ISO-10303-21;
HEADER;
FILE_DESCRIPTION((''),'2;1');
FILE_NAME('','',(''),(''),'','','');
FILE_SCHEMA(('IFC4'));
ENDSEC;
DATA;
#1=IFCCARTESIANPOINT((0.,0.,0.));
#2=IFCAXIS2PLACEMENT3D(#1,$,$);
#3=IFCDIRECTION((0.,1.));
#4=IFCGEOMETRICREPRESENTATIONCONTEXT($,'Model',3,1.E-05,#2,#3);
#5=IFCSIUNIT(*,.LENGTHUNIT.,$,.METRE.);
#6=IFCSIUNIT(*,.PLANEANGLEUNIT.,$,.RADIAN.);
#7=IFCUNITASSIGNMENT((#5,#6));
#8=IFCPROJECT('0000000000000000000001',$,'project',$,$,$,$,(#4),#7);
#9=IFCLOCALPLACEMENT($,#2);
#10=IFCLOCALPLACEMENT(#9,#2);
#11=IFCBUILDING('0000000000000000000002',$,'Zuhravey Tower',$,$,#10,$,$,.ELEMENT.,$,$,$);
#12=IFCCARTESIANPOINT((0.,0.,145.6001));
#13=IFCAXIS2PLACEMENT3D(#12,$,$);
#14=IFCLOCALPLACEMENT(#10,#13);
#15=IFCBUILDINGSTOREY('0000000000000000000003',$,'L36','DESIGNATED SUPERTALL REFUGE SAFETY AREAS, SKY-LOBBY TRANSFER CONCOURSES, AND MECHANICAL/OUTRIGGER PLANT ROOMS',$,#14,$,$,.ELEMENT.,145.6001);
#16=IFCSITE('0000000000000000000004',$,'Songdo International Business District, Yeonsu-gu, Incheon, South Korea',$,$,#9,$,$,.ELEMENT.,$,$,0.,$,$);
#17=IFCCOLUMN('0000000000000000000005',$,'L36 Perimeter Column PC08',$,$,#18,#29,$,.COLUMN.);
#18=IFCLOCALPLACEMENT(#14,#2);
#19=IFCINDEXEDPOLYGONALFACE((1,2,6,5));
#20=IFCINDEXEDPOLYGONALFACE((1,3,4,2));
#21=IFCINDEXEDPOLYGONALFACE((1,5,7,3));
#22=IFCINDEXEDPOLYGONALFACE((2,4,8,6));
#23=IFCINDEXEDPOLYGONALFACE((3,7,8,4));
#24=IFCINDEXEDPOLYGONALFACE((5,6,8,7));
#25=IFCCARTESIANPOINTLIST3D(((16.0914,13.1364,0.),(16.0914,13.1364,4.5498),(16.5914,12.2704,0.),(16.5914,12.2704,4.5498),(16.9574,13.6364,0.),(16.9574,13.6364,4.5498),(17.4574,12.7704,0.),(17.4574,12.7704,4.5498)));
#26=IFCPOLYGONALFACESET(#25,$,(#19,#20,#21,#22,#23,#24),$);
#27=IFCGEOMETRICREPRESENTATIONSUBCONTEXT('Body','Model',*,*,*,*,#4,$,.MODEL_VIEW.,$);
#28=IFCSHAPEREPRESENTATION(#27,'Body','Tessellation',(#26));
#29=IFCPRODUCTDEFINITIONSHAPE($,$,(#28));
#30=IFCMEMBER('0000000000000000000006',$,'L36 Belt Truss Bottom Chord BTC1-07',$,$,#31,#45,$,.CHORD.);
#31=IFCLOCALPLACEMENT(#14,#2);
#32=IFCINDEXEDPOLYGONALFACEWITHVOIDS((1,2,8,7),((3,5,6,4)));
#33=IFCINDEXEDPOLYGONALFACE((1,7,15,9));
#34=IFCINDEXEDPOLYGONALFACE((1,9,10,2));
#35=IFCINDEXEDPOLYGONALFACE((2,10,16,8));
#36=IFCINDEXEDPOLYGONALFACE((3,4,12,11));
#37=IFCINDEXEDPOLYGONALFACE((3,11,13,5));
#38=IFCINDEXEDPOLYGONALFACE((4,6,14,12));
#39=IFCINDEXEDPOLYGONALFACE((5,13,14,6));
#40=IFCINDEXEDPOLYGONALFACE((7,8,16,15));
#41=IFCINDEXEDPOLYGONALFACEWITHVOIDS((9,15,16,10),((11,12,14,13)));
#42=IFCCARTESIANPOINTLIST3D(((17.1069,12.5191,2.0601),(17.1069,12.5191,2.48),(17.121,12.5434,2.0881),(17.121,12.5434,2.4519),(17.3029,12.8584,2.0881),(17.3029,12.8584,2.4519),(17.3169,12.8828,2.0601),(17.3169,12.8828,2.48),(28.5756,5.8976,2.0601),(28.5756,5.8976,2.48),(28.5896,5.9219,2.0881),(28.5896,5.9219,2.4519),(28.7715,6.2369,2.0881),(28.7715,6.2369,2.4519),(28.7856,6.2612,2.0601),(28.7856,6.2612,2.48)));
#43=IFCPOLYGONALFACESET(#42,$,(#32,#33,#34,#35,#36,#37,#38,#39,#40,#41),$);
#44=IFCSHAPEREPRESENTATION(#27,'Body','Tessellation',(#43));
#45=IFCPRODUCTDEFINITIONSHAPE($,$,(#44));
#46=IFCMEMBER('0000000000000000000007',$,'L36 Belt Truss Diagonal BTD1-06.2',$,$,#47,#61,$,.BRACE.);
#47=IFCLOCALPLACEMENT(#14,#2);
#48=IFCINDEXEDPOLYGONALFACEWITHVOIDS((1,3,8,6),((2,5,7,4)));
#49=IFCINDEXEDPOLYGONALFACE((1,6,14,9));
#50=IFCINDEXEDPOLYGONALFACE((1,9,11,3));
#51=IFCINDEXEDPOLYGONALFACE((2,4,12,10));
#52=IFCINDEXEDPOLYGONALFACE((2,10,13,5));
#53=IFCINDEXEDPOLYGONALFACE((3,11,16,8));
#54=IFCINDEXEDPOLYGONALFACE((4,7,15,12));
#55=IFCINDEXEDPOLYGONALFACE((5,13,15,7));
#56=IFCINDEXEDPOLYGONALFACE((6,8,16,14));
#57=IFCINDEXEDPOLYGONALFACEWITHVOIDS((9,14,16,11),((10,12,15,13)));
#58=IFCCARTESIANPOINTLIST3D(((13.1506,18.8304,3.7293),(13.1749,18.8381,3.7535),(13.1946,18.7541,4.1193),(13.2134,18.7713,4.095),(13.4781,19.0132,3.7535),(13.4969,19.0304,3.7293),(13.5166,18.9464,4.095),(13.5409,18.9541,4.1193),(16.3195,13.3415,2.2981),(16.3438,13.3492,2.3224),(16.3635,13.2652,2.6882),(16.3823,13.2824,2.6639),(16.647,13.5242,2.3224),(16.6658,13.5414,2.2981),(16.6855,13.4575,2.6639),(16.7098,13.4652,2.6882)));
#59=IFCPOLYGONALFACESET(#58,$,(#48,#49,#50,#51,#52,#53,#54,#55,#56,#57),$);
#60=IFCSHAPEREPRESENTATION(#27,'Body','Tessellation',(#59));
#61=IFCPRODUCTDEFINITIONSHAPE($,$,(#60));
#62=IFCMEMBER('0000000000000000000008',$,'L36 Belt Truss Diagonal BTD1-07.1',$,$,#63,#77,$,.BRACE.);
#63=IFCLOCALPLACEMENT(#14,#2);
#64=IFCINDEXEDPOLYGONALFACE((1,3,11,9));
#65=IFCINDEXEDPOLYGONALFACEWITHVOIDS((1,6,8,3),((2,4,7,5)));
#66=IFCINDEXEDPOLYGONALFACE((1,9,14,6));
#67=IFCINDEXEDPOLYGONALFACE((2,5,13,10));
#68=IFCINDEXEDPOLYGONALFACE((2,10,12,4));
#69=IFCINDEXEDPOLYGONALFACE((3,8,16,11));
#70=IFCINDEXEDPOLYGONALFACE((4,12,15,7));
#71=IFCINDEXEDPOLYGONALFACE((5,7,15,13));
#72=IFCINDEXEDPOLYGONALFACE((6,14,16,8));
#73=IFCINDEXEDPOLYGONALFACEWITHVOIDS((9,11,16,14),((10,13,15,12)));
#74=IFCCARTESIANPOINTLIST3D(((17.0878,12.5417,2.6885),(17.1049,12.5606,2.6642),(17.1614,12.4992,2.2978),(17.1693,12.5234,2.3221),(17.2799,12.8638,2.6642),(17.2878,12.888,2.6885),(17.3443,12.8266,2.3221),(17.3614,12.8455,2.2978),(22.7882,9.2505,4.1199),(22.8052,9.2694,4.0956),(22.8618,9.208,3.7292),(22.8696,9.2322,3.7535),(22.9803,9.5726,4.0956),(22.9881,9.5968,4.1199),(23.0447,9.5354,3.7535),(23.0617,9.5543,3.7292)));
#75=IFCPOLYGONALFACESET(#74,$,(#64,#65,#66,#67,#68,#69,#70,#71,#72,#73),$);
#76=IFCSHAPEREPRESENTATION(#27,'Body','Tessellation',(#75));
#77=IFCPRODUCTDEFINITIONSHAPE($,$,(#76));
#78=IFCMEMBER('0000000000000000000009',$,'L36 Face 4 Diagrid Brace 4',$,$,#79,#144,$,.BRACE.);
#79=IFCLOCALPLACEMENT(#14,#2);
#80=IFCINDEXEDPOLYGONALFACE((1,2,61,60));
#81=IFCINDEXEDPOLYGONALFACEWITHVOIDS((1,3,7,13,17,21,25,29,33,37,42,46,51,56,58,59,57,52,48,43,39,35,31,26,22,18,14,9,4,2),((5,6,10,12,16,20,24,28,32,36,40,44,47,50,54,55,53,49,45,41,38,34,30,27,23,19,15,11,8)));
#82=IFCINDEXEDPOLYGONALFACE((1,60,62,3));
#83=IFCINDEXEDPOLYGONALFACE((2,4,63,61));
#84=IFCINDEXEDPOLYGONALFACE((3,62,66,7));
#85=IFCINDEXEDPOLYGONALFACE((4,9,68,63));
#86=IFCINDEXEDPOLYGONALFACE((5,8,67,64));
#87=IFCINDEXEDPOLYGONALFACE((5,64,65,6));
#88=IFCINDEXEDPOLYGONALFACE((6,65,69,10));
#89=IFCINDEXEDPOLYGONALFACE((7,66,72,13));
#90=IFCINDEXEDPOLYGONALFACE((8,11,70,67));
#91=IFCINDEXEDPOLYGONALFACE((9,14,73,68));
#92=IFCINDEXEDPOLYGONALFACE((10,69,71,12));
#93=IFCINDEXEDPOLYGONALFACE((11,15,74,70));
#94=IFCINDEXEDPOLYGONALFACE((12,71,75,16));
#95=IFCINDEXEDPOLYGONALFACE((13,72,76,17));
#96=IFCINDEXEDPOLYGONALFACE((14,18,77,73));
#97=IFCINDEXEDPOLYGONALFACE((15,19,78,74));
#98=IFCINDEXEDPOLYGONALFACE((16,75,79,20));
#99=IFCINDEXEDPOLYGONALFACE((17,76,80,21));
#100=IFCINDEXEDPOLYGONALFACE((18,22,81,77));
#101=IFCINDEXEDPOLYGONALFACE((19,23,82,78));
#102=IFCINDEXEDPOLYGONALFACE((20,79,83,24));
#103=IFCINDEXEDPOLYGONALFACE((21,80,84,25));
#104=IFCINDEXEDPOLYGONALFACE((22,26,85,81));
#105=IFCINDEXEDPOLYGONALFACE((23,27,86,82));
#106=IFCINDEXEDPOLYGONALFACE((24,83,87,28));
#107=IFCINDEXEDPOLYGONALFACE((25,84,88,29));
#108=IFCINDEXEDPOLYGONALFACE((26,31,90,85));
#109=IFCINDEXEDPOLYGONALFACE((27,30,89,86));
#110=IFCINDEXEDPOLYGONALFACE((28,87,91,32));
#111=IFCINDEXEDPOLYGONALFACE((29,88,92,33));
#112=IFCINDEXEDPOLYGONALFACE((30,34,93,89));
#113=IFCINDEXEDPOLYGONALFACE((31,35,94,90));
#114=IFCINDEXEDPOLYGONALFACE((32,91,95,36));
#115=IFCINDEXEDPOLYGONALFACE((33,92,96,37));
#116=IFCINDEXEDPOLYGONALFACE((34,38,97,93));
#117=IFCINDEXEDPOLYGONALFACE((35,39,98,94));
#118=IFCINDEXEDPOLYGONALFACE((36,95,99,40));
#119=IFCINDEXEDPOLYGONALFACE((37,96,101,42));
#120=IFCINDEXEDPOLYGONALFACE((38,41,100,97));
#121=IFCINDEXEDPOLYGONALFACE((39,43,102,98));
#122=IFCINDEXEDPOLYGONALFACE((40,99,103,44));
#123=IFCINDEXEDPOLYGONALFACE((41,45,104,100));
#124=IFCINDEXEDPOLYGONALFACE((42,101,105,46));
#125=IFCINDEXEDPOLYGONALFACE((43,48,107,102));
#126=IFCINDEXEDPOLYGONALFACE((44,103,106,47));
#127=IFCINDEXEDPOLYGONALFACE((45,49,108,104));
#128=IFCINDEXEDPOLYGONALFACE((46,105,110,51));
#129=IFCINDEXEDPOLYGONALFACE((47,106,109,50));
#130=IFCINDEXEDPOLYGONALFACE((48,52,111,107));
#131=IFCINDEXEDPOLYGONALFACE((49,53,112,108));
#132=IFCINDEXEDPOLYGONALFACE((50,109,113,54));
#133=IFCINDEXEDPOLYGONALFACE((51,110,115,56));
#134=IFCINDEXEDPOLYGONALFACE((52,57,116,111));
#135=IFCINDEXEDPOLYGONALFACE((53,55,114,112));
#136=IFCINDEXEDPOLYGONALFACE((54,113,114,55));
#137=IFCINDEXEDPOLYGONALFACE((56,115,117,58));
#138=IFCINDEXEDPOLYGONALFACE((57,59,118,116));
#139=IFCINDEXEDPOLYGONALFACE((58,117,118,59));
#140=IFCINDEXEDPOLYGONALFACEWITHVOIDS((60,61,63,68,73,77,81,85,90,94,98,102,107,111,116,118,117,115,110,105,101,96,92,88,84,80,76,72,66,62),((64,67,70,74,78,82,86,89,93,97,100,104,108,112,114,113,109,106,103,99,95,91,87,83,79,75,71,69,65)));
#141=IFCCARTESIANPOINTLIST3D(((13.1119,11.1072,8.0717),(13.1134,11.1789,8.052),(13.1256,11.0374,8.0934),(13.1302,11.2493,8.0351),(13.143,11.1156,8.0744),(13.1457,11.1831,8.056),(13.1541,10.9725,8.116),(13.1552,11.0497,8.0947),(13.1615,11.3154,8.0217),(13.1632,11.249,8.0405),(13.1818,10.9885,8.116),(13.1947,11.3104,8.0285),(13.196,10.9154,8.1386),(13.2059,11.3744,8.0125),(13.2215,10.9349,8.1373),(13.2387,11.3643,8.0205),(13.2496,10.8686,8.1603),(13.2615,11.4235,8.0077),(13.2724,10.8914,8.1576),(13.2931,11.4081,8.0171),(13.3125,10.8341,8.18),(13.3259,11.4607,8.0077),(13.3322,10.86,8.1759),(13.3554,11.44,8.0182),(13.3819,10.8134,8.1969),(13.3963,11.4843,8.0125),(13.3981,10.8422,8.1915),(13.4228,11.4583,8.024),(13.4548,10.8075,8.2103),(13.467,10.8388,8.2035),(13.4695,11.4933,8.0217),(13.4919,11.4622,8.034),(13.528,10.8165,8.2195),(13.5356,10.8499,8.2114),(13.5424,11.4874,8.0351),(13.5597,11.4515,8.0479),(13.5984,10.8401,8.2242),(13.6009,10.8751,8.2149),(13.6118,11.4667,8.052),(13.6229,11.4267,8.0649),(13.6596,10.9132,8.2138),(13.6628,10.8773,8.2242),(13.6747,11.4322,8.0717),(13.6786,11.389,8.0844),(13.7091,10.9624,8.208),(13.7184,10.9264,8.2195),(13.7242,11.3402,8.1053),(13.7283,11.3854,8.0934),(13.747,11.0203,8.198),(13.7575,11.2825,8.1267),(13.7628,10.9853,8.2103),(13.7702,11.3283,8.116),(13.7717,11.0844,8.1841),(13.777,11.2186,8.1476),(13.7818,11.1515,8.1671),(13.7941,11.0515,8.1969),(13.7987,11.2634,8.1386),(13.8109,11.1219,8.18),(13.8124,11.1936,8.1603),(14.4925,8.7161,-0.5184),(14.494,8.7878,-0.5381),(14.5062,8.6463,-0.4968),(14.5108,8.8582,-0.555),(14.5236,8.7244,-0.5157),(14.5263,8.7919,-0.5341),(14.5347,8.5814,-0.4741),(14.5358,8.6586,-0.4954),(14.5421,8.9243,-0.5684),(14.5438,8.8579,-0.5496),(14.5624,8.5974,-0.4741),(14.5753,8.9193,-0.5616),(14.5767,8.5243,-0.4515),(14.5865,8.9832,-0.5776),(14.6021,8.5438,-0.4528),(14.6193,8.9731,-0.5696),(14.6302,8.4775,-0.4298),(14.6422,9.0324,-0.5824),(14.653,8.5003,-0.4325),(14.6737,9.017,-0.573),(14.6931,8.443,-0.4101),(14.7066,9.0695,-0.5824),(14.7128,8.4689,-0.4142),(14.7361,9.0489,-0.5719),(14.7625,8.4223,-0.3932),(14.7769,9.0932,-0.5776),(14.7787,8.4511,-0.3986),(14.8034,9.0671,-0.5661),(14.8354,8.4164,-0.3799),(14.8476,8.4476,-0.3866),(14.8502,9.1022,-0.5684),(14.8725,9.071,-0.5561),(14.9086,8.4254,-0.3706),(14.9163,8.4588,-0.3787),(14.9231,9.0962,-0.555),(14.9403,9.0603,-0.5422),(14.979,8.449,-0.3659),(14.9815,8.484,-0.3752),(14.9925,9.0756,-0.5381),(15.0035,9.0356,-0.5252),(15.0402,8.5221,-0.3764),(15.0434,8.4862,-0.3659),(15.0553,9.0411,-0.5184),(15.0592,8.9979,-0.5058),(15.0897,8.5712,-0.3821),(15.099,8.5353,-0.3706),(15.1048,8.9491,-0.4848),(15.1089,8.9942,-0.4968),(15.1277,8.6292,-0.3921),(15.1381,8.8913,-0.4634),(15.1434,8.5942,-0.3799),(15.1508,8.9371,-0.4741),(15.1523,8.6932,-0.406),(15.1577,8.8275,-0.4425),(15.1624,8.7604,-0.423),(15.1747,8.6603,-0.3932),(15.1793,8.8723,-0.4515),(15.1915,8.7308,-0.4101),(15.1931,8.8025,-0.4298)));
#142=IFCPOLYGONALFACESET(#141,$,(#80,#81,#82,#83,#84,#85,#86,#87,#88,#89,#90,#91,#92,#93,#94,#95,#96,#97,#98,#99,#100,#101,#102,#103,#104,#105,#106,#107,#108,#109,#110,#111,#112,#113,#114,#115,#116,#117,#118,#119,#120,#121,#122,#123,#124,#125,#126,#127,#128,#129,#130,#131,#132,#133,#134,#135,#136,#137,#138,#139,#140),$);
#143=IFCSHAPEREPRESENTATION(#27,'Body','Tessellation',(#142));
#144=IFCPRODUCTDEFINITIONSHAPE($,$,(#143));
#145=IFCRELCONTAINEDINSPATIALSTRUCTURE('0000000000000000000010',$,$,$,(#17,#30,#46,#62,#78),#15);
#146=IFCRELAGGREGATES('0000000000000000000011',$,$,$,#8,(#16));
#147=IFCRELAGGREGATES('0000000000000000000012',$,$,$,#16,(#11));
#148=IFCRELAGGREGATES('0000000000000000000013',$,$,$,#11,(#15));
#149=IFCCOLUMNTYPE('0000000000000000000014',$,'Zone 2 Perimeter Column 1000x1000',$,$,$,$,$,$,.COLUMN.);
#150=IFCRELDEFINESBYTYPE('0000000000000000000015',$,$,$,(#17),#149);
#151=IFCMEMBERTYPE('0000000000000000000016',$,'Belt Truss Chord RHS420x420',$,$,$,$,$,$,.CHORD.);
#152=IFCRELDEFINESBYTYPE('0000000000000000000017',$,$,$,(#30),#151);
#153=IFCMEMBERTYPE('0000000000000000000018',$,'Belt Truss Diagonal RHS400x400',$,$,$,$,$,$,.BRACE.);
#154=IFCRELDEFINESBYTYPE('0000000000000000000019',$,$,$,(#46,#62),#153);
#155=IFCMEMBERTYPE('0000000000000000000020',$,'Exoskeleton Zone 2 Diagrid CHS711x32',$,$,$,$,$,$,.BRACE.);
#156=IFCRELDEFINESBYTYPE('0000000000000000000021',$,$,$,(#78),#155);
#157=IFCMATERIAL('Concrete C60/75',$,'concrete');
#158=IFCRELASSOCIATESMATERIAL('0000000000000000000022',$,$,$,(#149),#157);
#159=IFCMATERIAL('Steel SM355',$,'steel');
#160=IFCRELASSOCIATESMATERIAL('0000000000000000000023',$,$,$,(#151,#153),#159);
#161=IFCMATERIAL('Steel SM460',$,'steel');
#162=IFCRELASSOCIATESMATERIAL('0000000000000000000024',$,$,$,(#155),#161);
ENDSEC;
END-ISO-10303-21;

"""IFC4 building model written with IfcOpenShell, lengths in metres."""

from ifc_helpers import new_model, si_unit, direction, frame, origin, origin_2d, place, context, subcontext, project, spatial, rectangle, hollow_rectangle, hollow_circle, extrude, material, material_profile, profile_set, type_object, element, save


model = new_model("IFC4")

# Units and contexts
model_context = context("Model", 3, precision=1e-05, world=origin(), true_north=direction((0.0, 1.0)))
body_context = subcontext(model_context, "Body", "Model", "MODEL_VIEW")
ifc_project = project(units=[si_unit("LENGTHUNIT", "METRE"), si_unit("PLANEANGLEUNIT", "RADIAN")], contexts=[model_context])

# Site, building, storey
site_placement = place(None, origin())
site = spatial("IfcSite", under=ifc_project, at=site_placement, Name="Songdo International Business District, Yeonsu-gu, Incheon, South Korea", CompositionType="ELEMENT", RefElevation=0.0)
building_placement = place(site_placement, origin())
building = spatial("IfcBuilding", under=site, at=building_placement, Name="Zuhravey Tower", CompositionType="ELEMENT")
storey_placement = place(building_placement, frame((0.0, 0.0, 145.6001)))
storey = spatial("IfcBuildingStorey", under=building, at=storey_placement, Name="L36", Description="DESIGNATED SUPERTALL REFUGE SAFETY AREAS, SKY-LOBBY TRANSFER CONCOURSES, AND MECHANICAL/OUTRIGGER PLANT ROOMS", CompositionType="ELEMENT", Elevation=145.6001)

# Column
ifc_material_1 = material(Name="Concrete C60/75", Category="concrete")
ifc_material_profile_1 = material_profile(ifc_material_1, rectangle(XDim=1.0, YDim=1.0, at=origin_2d()), Name="RC-1000x1000")
ifc_profile_set_1 = profile_set([ifc_material_profile_1], Name="Concrete C60/75")
column_type = type_object("IfcColumnType", Name="Zone 2 Perimeter Column 1000x1000", PredefinedType="COLUMN", material=ifc_profile_set_1)
column_placement = place(storey_placement, frame((16.7744, 12.9534, 0.0), z_axis=(0.0, 0.0, 1.0), x_axis=(0.5, -0.866025, 0.0)))
element("IfcColumn", 1, at=column_placement, inside=storey, type_object=column_type, Name="L36 Perimeter Column PC08", PredefinedType="COLUMN", context=body_context, shape_type="SweptSolid", body=[
    extrude(rectangle(XDim=1.0, YDim=1.0, at=origin_2d()), origin(), (0.0, 0.0, 1.0), 4.5498),
])

# Members
ifc_material_2 = material(Name="Steel SM355", Category="steel")
ifc_material_profile_2 = material_profile(ifc_material_2, hollow_rectangle(XDim=0.4199, YDim=0.4199, WallThickness=0.0281, at=origin_2d()), Name="RHS-420x420x28")
ifc_profile_set_2 = profile_set([ifc_material_profile_2], Name="Steel SM355")
member_type_1 = type_object("IfcMemberType", Name="Belt Truss Chord RHS420x420", PredefinedType="CHORD", material=ifc_profile_set_2)
member_1_placement = place(storey_placement, frame((17.2119, 12.7009, 2.27), z_axis=(0.866022, -0.500005, 0.0), x_axis=(0.500005, 0.866022, 0.0)))
element("IfcMember", 2, at=member_1_placement, inside=storey, type_object=member_type_1, Name="L36 Belt Truss Bottom Chord BTC1-07", PredefinedType="CHORD", context=body_context, shape_type="SweptSolid", body=[
    extrude(hollow_rectangle(XDim=0.4199, YDim=0.4199, WallThickness=0.0281, at=origin_2d()), origin(), (0.0, 0.0, 1.0), 13.2429),
])
ifc_material_profile_3 = material_profile(ifc_material_2, hollow_rectangle(XDim=0.3999, YDim=0.3999, WallThickness=0.0249, at=origin_2d()), Name="RHS-400x400x25")
ifc_profile_set_3 = profile_set([ifc_material_profile_3], Name="Steel SM355")
member_type_2 = type_object("IfcMemberType", Name="Belt Truss Diagonal RHS400x400", PredefinedType="BRACE", material=ifc_profile_set_3)
member_2_placement = place(storey_placement, frame((16.5146, 13.4033, 2.4932), z_axis=(-0.487705, 0.844767, 0.220256), x_axis=(-0.866035, -0.499984, 0.0)))
element("IfcMember", 3, at=member_2_placement, inside=storey, type_object=member_type_2, Name="L36 Belt Truss Diagonal BTD1-06.2", PredefinedType="BRACE", context=body_context, shape_type="SweptSolid", body=[
    extrude(hollow_rectangle(XDim=0.3999, YDim=0.3999, WallThickness=0.0249, at=origin_2d()), origin(), (0.0, 0.0, 1.0), 6.4976),
])
member_3_placement = place(storey_placement, frame((17.2246, 12.6936, 2.4932), z_axis=(0.846241, -0.488593, 0.212493), x_axis=(0.500012, 0.866018, 0.0)))
element("IfcMember", 4, at=member_3_placement, inside=storey, type_object=member_type_2, Name="L36 Belt Truss Diagonal BTD1-07.1", PredefinedType="BRACE", context=body_context, shape_type="SweptSolid", body=[
    extrude(hollow_rectangle(XDim=0.3999, YDim=0.3999, WallThickness=0.0249, at=origin_2d()), origin(), (0.0, 0.0, 1.0), 6.7361),
])
ifc_material_3 = material(Name="Steel SM460", Category="steel")
ifc_material_profile_4 = material_profile(ifc_material_3, hollow_circle(Radius=0.3557, WallThickness=0.032, at=origin_2d()), Name="CHS-711.2x32")
ifc_profile_set_4 = profile_set([ifc_material_profile_4], Name="Steel SM460")
member_type_3 = type_object("IfcMemberType", Name="Exoskeleton Zone 2 Diagrid CHS711x32", PredefinedType="BRACE", material=ifc_profile_set_4)
member_4_placement = place(storey_placement, frame((14.8428, 8.7593, -0.4741), z_axis=(-0.153012, 0.265004, 0.952029), x_axis=(-0.866009, -0.500029, 0.0)))
element("IfcMember", 5, at=member_4_placement, inside=storey, type_object=member_type_3, Name="L36 Face 4 Diagrid Brace 4", PredefinedType="BRACE", context=body_context, shape_type="SweptSolid", body=[
    extrude(hollow_circle(Radius=0.3557, WallThickness=0.032, at=origin_2d()), origin(), (0.0, 0.0, 1.0), 9.0229),
])

save(model, "model.ifc")
